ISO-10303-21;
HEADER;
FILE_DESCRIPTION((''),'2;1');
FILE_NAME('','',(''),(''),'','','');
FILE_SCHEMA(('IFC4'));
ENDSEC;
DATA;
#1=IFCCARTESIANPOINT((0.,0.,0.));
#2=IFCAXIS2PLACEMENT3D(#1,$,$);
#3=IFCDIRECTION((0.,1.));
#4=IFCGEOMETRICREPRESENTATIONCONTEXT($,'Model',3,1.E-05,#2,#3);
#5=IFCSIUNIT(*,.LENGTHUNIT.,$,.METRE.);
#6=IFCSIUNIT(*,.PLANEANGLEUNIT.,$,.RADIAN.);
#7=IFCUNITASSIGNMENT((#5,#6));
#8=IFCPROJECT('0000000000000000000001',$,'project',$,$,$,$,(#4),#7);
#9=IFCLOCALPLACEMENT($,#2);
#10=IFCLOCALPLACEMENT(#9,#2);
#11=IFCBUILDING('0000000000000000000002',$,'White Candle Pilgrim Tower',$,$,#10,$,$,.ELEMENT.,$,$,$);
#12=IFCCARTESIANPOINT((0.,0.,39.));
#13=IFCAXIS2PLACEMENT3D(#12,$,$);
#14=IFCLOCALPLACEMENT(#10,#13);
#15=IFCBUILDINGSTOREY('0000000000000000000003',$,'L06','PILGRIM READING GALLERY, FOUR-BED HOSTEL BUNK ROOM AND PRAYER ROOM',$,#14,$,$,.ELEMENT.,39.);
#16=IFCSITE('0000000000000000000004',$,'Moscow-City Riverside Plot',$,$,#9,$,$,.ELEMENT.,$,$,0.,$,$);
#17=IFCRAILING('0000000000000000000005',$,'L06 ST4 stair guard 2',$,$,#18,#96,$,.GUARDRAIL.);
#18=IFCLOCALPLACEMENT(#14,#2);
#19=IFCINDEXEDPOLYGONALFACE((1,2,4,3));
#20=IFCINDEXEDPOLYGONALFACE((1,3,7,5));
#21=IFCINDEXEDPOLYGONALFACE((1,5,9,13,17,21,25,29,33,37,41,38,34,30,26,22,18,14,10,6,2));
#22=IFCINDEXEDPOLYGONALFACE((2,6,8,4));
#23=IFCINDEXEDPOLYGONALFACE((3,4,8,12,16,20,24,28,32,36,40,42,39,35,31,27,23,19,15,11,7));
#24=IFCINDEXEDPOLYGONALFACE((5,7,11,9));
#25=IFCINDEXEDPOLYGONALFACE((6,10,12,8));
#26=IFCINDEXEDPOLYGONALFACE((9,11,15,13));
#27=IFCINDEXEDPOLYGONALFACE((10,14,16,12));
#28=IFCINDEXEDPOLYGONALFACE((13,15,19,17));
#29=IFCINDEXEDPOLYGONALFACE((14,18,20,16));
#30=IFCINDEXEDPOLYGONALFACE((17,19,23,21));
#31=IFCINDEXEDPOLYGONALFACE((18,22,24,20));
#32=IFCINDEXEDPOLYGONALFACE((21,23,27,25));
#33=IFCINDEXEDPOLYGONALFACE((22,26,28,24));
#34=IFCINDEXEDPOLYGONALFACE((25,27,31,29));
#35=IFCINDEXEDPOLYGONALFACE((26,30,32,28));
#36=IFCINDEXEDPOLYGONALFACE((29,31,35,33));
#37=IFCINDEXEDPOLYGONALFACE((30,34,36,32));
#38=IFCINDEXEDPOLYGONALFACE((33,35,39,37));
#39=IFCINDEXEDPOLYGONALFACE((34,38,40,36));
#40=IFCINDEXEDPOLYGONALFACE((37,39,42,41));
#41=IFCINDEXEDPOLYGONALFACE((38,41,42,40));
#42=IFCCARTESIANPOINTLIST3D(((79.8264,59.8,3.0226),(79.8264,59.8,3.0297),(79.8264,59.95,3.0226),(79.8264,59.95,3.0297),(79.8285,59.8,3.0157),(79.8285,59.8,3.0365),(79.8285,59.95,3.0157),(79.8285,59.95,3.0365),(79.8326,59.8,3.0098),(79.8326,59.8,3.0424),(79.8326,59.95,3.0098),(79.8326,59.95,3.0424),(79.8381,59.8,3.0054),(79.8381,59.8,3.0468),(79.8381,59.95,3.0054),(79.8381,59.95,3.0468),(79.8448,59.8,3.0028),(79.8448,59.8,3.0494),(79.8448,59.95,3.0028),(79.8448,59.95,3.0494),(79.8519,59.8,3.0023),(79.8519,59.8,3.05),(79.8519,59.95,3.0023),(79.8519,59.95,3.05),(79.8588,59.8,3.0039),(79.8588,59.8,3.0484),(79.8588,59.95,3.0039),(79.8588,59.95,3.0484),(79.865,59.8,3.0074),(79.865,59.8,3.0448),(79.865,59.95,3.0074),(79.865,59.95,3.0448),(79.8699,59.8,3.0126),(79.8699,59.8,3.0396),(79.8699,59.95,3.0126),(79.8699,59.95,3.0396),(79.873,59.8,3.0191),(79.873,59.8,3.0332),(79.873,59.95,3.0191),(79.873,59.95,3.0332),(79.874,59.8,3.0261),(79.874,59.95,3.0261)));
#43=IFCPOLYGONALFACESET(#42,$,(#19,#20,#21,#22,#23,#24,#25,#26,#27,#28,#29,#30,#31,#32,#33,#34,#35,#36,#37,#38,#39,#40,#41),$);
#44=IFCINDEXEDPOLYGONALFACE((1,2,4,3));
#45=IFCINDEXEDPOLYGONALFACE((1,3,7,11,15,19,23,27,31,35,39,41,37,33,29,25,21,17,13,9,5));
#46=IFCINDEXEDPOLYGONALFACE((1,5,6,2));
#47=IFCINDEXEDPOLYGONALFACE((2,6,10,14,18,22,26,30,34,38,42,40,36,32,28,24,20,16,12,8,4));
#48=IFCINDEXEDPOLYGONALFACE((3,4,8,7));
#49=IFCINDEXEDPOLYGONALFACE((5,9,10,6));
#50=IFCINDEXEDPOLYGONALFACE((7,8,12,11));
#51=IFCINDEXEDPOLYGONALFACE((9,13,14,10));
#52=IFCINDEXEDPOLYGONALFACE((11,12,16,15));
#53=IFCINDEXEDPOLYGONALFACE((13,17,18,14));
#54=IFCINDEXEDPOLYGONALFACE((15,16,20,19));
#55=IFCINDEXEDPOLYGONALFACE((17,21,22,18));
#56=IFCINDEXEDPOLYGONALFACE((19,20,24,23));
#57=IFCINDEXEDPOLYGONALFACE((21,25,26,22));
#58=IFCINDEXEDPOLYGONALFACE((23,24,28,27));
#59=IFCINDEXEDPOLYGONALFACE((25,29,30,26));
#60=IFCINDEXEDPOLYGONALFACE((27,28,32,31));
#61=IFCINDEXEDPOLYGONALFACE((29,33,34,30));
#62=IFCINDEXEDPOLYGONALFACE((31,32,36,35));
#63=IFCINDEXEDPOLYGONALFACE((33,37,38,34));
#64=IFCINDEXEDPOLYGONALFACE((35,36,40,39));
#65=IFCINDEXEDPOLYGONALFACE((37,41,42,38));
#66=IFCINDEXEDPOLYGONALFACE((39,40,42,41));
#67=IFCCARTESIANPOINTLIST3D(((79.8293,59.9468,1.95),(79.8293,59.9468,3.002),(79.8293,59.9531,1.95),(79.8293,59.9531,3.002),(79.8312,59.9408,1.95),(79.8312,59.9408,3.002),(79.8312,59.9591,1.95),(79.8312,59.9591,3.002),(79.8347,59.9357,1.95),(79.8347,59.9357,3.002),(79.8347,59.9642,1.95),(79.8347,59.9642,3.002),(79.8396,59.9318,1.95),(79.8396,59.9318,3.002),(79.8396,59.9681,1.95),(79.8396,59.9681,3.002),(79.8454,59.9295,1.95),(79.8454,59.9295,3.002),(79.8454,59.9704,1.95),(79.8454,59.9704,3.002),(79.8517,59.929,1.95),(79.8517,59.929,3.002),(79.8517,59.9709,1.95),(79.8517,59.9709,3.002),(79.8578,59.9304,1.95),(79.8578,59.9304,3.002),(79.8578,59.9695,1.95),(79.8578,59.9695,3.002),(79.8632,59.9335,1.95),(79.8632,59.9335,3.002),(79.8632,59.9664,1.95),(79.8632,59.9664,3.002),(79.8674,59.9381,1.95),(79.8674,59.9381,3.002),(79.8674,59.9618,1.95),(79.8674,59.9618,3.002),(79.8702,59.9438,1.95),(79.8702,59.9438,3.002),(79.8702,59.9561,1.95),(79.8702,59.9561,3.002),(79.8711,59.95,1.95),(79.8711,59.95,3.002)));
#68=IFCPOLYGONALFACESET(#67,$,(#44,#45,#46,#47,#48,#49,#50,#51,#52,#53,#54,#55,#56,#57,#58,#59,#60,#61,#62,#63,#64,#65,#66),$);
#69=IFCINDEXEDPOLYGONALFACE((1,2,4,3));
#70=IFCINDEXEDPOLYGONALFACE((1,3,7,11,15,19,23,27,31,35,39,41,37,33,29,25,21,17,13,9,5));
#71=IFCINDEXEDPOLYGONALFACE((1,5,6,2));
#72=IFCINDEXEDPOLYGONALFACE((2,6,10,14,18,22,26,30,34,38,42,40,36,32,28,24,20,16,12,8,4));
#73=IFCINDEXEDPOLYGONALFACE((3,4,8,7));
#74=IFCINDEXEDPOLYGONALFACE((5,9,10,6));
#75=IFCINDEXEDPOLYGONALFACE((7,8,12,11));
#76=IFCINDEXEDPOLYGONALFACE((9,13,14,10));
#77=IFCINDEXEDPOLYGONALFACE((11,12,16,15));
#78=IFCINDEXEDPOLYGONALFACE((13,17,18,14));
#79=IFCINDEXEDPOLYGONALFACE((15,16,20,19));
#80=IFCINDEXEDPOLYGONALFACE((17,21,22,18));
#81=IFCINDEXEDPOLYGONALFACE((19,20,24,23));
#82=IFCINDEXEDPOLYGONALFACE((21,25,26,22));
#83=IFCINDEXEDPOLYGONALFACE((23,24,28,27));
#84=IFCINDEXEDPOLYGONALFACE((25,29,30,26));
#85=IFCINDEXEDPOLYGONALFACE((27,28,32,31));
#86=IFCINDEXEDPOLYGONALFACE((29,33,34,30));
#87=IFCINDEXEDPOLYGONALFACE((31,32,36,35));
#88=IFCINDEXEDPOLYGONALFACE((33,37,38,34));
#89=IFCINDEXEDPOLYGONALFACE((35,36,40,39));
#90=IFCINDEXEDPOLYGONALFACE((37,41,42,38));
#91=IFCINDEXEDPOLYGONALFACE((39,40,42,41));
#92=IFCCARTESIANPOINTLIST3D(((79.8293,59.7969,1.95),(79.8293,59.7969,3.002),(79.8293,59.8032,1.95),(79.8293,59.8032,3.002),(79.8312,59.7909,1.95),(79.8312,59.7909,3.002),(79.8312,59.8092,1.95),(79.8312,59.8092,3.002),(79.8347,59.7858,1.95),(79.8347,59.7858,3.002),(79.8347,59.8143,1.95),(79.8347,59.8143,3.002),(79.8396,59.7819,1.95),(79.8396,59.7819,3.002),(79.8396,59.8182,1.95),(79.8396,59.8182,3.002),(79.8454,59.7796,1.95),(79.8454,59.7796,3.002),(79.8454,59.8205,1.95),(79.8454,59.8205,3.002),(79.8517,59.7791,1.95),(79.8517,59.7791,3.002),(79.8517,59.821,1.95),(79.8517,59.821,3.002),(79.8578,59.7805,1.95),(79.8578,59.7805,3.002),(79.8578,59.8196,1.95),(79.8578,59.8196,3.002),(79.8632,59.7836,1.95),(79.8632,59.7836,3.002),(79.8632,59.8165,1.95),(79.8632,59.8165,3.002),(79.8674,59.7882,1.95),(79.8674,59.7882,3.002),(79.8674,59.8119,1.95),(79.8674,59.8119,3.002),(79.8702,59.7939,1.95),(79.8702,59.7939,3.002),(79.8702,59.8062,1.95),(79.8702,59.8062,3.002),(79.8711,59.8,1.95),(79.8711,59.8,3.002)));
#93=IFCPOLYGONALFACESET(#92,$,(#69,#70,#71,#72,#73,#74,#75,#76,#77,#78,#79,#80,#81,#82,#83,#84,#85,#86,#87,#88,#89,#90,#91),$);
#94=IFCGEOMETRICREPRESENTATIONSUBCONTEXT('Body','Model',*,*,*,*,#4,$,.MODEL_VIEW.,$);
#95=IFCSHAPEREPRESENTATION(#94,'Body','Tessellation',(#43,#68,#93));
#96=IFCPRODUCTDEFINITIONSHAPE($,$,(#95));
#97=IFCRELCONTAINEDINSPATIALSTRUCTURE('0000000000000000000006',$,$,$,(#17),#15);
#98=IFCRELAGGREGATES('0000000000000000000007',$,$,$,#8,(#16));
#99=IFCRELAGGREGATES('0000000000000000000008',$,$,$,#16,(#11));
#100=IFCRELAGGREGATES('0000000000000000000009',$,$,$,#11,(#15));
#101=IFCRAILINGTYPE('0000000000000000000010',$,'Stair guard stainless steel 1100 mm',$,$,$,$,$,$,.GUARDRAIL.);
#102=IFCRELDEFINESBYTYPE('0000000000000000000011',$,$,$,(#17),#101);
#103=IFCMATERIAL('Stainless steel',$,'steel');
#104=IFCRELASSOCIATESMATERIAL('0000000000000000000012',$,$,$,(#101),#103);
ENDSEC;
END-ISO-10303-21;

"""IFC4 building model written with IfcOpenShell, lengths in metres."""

from ifc_helpers import new_model, si_unit, direction, frame, origin, origin_2d, place, context, subcontext, project, spatial, circle, extrude, material, type_object, element, save


model = new_model("IFC4")

# Units and contexts
model_context = context("Model", 3, precision=1e-05, world=origin(), true_north=direction((0.0, 1.0)))
body_context = subcontext(model_context, "Body", "Model", "MODEL_VIEW")
ifc_project = project(units=[si_unit("LENGTHUNIT", "METRE"), si_unit("PLANEANGLEUNIT", "RADIAN")], contexts=[model_context])

# Site, building, storey
site_placement = place(None, origin())
site = spatial("IfcSite", under=ifc_project, at=site_placement, Name="Moscow-City Riverside Plot", CompositionType="ELEMENT", RefElevation=0.0)
building_placement = place(site_placement, origin())
building = spatial("IfcBuilding", under=site, at=building_placement, Name="White Candle Pilgrim Tower", CompositionType="ELEMENT")
storey_placement = place(building_placement, frame((0.0, 0.0, 39.0)))
storey = spatial("IfcBuildingStorey", under=building, at=storey_placement, Name="L06", Description="PILGRIM READING GALLERY, FOUR-BED HOSTEL BUNK ROOM AND PRAYER ROOM", CompositionType="ELEMENT", Elevation=39.0)

# Railing
ifc_material_1 = material(Name="Stainless steel", Category="steel")
railing_type_1 = type_object("IfcRailingType", Name="Stair guard stainless steel 1100 mm", PredefinedType="GUARDRAIL", material=ifc_material_1)
railing_1_placement = place(storey_placement, frame((79.8501, 59.95, 1.95)))
element("IfcRailing", 1, at=railing_1_placement, inside=storey, type_object=railing_type_1, Name="L06 ST4 stair guard 2", PredefinedType="GUARDRAIL", context=body_context, shape_type="SweptSolid", body=[
    extrude(circle(Radius=0.0239, at=origin_2d()), frame((0.0, 0.0, 1.0762), z_axis=(0.0, -1.0, 0.0), x_axis=(1.0, 0.0, 0.0)), (0.0, 0.0, 1.0), 0.1499),
    extrude(circle(Radius=0.021, at=origin_2d()), origin(), (0.0, 0.0, 1.0), 1.052),
    extrude(circle(Radius=0.021, at=origin_2d()), frame((0.0, -0.1499, 0.0)), (0.0, 0.0, 1.0), 1.052),
])

save(model, "model.ifc")
